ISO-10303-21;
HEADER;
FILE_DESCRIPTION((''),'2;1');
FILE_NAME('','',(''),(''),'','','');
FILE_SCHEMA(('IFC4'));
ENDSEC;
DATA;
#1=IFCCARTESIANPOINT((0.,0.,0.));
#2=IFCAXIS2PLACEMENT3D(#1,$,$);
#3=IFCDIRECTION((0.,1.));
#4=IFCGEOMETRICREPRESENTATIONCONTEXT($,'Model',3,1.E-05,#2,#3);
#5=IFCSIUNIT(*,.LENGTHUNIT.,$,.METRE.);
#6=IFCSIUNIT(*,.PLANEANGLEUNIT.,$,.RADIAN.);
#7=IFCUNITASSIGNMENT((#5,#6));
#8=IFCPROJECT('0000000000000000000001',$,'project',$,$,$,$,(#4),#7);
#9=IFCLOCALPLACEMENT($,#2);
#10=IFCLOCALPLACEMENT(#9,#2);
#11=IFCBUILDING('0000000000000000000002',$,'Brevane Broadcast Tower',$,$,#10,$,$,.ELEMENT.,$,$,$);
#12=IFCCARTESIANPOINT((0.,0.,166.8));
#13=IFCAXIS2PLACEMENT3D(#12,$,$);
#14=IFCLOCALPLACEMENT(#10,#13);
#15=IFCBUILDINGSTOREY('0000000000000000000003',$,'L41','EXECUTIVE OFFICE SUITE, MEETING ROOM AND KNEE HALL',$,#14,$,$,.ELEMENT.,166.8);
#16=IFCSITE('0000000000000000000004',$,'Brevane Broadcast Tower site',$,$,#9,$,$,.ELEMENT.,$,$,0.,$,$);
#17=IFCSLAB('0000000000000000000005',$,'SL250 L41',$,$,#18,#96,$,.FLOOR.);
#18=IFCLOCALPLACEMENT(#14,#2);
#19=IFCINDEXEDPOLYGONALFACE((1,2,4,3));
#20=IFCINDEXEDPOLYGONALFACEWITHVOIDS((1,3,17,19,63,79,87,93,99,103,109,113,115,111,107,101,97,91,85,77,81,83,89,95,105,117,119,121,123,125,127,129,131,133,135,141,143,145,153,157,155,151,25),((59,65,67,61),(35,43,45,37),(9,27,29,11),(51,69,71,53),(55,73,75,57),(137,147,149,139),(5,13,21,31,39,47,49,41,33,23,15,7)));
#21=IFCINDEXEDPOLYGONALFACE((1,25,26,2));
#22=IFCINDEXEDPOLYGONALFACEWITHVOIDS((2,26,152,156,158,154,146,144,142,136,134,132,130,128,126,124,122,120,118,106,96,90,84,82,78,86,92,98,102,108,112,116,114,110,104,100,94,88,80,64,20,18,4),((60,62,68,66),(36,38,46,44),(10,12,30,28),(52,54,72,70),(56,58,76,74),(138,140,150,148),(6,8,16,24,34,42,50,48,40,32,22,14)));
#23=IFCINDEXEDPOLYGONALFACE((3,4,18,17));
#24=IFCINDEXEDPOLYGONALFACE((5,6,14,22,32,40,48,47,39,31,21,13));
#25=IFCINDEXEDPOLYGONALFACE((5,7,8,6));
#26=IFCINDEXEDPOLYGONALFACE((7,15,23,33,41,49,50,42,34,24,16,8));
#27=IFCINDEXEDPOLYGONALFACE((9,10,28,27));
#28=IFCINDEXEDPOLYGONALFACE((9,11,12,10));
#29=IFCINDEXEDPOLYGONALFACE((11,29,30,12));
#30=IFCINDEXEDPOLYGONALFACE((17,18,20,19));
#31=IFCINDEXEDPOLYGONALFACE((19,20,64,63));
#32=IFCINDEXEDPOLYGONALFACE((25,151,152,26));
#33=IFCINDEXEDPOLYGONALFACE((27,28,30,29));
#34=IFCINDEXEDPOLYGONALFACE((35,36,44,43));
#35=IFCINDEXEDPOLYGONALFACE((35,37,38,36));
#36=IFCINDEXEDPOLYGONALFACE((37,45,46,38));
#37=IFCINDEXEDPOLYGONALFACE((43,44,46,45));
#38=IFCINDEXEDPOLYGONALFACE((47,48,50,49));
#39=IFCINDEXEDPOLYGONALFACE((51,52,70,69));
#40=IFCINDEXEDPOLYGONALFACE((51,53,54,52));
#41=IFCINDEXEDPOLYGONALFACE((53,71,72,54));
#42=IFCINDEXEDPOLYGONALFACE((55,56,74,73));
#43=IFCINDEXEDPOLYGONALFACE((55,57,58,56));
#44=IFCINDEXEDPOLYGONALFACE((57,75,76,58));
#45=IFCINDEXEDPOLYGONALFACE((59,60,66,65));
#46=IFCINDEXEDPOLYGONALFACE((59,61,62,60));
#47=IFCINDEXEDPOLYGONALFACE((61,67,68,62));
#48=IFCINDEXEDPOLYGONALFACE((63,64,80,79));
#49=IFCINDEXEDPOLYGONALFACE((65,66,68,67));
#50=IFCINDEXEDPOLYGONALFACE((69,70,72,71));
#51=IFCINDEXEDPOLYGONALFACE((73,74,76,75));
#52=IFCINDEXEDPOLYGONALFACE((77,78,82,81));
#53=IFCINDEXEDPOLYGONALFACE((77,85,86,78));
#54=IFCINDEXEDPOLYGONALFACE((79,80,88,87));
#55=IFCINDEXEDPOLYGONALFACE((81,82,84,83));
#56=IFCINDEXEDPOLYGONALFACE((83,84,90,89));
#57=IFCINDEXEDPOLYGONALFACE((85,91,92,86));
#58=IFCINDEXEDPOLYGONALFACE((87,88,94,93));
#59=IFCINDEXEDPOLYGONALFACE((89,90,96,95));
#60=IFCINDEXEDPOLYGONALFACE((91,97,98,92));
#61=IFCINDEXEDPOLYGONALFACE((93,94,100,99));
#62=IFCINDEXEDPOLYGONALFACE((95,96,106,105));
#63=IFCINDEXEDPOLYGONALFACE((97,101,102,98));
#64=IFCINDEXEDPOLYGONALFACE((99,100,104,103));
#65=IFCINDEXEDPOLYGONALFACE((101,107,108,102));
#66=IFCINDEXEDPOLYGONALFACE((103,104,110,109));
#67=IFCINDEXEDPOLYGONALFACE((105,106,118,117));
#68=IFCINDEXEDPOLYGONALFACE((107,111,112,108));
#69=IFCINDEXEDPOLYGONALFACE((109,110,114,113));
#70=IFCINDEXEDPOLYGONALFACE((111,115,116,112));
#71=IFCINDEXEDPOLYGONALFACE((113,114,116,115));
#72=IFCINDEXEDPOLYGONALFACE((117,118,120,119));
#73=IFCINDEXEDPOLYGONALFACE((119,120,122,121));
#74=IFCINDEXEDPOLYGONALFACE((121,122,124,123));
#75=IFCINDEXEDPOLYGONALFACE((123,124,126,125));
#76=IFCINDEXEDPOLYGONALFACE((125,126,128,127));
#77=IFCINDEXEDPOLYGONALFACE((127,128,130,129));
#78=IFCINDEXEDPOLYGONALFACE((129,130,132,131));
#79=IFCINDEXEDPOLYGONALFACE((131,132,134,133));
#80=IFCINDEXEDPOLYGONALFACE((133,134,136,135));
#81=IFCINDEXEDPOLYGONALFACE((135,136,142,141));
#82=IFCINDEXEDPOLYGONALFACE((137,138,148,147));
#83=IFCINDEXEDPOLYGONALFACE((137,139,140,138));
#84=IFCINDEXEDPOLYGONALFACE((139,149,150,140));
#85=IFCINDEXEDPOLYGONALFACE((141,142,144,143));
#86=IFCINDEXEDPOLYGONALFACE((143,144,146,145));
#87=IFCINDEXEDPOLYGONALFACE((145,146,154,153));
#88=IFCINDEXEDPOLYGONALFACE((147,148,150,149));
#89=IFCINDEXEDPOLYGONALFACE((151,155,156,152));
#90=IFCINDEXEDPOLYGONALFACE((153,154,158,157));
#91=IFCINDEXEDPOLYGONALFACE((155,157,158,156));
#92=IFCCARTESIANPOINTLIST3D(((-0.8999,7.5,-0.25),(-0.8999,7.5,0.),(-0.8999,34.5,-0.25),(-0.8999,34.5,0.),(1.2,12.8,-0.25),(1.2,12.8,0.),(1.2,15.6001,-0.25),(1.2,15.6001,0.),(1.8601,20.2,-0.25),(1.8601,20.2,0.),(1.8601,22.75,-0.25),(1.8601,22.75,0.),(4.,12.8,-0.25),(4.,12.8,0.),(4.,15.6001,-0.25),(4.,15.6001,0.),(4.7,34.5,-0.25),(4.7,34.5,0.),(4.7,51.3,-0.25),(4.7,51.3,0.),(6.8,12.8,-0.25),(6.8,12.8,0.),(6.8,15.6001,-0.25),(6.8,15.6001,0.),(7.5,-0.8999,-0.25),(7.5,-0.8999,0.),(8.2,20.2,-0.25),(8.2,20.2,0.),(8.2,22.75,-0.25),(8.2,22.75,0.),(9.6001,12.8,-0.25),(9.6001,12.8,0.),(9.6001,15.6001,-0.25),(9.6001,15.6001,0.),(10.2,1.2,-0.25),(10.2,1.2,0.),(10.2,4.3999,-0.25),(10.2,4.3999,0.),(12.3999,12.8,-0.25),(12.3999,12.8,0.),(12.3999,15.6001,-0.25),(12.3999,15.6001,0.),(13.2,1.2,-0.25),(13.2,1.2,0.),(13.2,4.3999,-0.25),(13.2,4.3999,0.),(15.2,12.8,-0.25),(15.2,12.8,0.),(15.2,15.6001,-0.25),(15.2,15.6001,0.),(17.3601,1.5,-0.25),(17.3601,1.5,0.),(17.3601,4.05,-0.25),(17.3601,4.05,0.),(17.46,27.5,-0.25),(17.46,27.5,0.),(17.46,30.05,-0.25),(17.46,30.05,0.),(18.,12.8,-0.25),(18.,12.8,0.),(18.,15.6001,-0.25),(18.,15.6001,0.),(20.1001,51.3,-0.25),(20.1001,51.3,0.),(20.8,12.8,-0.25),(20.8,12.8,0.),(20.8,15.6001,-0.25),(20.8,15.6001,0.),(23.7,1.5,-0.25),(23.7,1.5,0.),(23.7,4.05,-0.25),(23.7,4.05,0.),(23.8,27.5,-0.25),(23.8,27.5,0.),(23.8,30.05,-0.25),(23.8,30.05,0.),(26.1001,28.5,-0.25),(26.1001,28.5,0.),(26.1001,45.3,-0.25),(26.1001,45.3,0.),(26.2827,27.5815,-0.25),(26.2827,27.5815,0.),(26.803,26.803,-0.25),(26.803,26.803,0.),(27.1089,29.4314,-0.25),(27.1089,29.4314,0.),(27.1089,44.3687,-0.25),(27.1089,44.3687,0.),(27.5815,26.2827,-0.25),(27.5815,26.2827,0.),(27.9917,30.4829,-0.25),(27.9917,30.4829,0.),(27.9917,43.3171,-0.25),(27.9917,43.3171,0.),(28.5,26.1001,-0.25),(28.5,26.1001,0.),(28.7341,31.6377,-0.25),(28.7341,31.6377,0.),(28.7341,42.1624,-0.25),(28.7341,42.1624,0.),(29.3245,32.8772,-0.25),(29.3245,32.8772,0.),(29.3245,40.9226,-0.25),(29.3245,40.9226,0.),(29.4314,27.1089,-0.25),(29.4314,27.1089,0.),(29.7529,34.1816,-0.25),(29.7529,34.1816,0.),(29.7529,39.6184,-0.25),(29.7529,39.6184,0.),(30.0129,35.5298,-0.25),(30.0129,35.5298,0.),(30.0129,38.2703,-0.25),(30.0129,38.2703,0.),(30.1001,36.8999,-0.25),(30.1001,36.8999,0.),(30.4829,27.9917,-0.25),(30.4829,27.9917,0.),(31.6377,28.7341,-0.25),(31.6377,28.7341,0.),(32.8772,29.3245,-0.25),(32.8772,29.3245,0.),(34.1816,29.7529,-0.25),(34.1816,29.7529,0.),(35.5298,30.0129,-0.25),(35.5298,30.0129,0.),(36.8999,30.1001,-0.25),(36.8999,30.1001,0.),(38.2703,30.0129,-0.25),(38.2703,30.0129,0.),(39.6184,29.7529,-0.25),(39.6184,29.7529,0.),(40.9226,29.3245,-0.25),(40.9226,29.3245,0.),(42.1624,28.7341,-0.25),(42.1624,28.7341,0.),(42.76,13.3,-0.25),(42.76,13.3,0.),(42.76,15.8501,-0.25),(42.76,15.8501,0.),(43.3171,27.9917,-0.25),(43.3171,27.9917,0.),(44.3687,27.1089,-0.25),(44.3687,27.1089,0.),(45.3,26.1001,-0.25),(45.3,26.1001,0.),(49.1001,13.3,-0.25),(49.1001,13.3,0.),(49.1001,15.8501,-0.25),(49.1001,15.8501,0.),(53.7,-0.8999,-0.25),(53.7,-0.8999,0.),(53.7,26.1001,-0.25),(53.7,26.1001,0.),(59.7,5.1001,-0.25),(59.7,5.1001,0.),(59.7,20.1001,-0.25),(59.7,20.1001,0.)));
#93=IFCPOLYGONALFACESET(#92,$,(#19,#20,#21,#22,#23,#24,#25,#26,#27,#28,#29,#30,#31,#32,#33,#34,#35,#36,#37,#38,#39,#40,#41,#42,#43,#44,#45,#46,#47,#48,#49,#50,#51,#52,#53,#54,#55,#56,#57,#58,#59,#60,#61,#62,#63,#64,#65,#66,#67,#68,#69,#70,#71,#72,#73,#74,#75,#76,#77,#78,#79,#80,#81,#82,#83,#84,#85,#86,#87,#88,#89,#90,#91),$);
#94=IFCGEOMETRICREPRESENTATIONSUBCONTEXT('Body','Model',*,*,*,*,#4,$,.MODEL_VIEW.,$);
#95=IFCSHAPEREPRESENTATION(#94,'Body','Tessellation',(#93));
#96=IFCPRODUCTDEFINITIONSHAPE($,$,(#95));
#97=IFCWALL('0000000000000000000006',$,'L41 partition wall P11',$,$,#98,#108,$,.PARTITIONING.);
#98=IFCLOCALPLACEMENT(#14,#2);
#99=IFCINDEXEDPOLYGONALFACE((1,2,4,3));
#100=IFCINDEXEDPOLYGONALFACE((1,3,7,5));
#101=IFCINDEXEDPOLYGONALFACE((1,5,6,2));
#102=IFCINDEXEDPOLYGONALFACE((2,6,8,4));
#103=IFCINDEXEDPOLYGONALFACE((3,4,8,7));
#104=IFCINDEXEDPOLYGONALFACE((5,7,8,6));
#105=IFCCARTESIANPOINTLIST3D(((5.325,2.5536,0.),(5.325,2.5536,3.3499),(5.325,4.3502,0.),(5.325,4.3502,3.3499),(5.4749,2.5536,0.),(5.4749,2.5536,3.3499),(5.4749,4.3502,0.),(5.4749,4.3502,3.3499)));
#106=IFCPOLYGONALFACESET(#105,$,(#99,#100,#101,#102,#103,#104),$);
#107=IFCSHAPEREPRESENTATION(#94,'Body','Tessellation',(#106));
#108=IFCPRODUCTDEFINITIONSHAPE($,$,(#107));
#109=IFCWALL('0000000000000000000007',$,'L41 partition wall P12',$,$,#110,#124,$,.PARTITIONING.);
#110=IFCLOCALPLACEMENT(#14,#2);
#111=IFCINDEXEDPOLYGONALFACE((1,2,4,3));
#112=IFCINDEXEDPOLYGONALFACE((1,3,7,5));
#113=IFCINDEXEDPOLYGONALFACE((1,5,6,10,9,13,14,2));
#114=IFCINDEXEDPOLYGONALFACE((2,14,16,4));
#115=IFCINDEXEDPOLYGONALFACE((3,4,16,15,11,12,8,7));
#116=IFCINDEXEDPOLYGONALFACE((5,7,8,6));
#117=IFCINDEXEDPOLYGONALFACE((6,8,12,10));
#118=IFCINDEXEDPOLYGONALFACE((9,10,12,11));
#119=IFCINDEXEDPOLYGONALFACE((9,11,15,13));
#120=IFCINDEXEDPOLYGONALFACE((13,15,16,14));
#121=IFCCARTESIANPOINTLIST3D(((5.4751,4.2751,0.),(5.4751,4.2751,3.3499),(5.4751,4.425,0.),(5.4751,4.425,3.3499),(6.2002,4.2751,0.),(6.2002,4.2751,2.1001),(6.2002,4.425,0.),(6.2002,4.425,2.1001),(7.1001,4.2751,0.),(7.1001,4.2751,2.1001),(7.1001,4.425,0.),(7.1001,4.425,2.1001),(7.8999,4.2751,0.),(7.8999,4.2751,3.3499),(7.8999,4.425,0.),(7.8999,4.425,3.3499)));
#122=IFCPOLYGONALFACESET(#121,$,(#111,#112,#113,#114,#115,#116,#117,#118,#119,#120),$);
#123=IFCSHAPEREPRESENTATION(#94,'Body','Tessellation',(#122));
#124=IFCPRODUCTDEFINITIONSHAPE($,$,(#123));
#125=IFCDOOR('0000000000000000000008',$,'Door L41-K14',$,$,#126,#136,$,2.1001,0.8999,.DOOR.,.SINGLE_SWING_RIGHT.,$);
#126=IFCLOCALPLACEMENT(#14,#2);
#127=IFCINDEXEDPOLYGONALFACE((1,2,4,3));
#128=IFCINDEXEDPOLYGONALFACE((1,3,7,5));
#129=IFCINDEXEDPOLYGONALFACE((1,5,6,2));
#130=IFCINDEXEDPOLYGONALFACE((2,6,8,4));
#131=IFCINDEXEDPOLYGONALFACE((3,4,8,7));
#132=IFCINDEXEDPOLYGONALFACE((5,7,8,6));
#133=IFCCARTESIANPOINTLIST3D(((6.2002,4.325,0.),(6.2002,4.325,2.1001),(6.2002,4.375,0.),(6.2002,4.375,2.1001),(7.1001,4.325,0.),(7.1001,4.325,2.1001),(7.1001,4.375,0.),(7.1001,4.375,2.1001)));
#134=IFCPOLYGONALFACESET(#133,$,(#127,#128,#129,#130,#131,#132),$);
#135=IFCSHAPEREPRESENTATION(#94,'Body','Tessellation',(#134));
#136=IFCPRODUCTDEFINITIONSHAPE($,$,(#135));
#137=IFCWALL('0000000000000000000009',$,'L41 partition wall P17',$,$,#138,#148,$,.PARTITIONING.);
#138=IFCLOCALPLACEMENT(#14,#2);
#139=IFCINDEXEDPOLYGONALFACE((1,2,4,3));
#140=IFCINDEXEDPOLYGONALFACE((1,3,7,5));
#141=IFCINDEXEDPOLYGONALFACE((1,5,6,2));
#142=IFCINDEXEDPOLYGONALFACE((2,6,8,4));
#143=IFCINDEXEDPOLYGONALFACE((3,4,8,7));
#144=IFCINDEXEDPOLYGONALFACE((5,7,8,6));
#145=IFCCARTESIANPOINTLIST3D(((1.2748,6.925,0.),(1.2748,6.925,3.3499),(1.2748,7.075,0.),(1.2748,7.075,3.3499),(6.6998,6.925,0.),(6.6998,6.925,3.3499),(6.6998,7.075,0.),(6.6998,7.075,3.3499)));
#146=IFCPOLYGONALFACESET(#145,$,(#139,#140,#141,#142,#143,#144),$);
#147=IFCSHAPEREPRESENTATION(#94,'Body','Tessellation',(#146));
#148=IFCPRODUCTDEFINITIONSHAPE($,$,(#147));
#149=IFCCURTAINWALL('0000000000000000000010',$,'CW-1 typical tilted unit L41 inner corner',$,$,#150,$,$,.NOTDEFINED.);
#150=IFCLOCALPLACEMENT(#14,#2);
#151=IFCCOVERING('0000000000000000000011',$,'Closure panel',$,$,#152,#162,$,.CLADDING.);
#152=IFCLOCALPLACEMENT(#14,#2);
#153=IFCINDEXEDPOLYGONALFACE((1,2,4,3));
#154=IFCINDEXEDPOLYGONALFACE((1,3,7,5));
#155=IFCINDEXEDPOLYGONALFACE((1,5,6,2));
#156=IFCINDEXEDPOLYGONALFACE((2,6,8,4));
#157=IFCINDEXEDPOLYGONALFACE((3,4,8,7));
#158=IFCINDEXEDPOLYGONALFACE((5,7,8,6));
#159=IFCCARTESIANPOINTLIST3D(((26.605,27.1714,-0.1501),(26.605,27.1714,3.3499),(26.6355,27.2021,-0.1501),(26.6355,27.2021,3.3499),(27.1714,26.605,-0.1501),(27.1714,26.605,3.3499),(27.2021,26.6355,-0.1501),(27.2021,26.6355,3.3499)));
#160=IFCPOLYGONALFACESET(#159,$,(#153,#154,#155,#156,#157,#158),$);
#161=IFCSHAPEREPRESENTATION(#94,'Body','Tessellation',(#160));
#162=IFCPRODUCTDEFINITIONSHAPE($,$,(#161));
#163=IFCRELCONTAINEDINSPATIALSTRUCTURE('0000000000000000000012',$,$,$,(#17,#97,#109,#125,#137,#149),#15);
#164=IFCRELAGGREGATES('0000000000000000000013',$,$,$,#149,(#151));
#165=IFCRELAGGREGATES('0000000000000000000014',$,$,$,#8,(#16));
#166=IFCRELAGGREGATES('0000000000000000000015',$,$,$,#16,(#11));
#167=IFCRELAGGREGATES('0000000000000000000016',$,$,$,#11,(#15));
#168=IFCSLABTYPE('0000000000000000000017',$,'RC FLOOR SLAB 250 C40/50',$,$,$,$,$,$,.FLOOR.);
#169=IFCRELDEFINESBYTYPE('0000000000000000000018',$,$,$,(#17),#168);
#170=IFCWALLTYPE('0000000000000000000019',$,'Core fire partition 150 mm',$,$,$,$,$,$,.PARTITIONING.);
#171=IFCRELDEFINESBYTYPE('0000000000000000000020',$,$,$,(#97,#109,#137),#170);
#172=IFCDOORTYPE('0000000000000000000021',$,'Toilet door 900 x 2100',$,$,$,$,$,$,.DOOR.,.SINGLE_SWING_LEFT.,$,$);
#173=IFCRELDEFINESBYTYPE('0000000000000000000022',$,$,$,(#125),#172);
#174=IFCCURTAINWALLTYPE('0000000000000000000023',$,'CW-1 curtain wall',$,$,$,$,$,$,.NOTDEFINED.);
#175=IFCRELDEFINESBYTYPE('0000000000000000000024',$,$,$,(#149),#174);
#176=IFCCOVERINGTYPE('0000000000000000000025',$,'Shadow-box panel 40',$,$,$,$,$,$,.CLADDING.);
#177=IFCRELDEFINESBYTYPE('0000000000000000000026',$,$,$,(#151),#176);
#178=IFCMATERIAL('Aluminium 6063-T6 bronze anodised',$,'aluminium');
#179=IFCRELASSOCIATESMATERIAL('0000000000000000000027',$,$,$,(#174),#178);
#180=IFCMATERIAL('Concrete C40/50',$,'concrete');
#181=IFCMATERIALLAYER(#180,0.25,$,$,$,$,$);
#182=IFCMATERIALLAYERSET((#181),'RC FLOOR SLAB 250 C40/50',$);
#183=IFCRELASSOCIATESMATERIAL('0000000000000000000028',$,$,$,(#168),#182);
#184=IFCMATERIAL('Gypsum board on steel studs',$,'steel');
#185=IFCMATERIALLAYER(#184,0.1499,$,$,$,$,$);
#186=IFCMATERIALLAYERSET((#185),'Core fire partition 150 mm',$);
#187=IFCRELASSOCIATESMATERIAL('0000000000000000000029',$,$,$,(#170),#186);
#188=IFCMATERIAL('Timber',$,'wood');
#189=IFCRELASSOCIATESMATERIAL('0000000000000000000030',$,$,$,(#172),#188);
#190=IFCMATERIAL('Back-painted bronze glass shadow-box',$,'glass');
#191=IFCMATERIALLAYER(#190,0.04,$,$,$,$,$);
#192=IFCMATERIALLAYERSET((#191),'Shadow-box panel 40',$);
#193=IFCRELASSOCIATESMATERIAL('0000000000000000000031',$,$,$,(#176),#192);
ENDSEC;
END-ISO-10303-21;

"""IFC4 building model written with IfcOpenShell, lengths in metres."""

from ifc_helpers import new_model, si_unit, direction, frame, frame_2d, origin, place, context, subcontext, project, spatial, polyline, rectangle, outline, extrude, material, layer, layer_set, type_object, element, fill, aggregate, save


model = new_model("IFC4")

# Units and contexts
model_context = context("Model", 3, precision=1e-05, world=origin(), true_north=direction((0.0, 1.0)))
body_context = subcontext(model_context, "Body", "Model", "MODEL_VIEW")
ifc_project = project(units=[si_unit("LENGTHUNIT", "METRE"), si_unit("PLANEANGLEUNIT", "RADIAN")], contexts=[model_context])

# Site, building, storey
site_placement = place(None, origin())
site = spatial("IfcSite", under=ifc_project, at=site_placement, Name="Brevane Broadcast Tower site", CompositionType="ELEMENT", RefElevation=0.0)
building_placement = place(site_placement, origin())
building = spatial("IfcBuilding", under=site, at=building_placement, Name="Brevane Broadcast Tower", CompositionType="ELEMENT")
storey_placement = place(building_placement, frame((0.0, 0.0, 166.8)))
storey = spatial("IfcBuildingStorey", under=building, at=storey_placement, Name="L41", Description="EXECUTIVE OFFICE SUITE, MEETING ROOM AND KNEE HALL", CompositionType="ELEMENT", Elevation=166.8)

# Shared definitions
ifc_material_1 = material(Name="Aluminium 6063-T6 bronze anodised", Category="aluminium")
curtain_wall_type = type_object("IfcCurtainWallType", Name="CW-1 curtain wall", PredefinedType="NOTDEFINED", material=ifc_material_1)

# Slab
ifc_material_2 = material(Name="Concrete C40/50", Category="concrete")
ifc_layer_1 = layer(ifc_material_2, 0.25)
ifc_layer_set_1 = layer_set([ifc_layer_1], Name="RC FLOOR SLAB 250 C40/50")
slab_type_1 = type_object("IfcSlabType", Name="RC FLOOR SLAB 250 C40/50", PredefinedType="FLOOR", material=ifc_layer_set_1)
slab_1_placement = place(storey_placement, frame((0.0, 0.0, -0.25)))
element("IfcSlab", 1, at=slab_1_placement, inside=storey, type_object=slab_type_1, Name="SL250 L41", PredefinedType="FLOOR", context=body_context, shape_type="SweptSolid", body=[
    extrude(outline(polyline([(-0.8999, 7.5), (-0.8999, 34.5), (4.7, 34.5), (4.7, 51.3), (20.1001, 51.3), (26.1001, 45.3), (27.1089, 44.3687), (27.9917, 43.3171), (28.7341, 42.1624), (29.3245, 40.9226), (29.7529, 39.6184), (30.0129, 38.2703), (30.1001, 36.8999), (30.0129, 35.5298), (29.7529, 34.1816), (29.3245, 32.8772), (28.7341, 31.6377), (27.9917, 30.4829), (27.1089, 29.4314), (26.1001, 28.5), (26.2827, 27.5815), (26.803, 26.803), (27.5815, 26.2827), (28.5, 26.1001), (29.4314, 27.1089), (30.4829, 27.9917), (31.6377, 28.7341), (32.8772, 29.3245), (34.1816, 29.7529), (35.5298, 30.0129), (36.8999, 30.1001), (38.2703, 30.0129), (39.6184, 29.7529), (40.9226, 29.3245), (42.1624, 28.7341), (43.3171, 27.9917), (44.3687, 27.1089), (45.3, 26.1001), (53.7, 26.1001), (59.7, 20.1001), (59.7, 5.1001), (53.7, -0.8999), (7.5, -0.8999), (-0.8999, 7.5)]), holes=[polyline([(13.2, 4.3999), (10.2, 4.3999), (10.2, 1.2), (13.2, 1.2), (13.2, 4.3999)]), polyline([(4.0, 15.6001), (1.2, 15.6001), (1.2, 12.8), (4.0, 12.8), (6.8, 12.8), (9.6001, 12.8), (12.3999, 12.8), (15.2, 12.8), (15.2, 15.6001), (12.3999, 15.6001), (9.6001, 15.6001), (6.8, 15.6001), (4.0, 15.6001)]), polyline([(1.8601, 22.75), (1.8601, 20.2), (8.2, 20.2), (8.2, 22.75), (1.8601, 22.75)]), polyline([(23.7, 4.05), (17.3601, 4.05), (17.3601, 1.5), (23.7, 1.5), (23.7, 4.05)]), polyline([(20.8, 15.6001), (18.0, 15.6001), (18.0, 12.8), (20.8, 12.8), (20.8, 15.6001)]), polyline([(49.1001, 15.8501), (42.76, 15.8501), (42.76, 13.3), (49.1001, 13.3), (49.1001, 15.8501)]), polyline([(23.8, 30.05), (17.46, 30.05), (17.46, 27.5), (23.8, 27.5), (23.8, 30.05)])]), origin(), (0.0, 0.0, 1.0), 0.25),
])

# Wall
ifc_material_3 = material(Name="Gypsum board on steel studs", Category="steel")
ifc_layer_2 = layer(ifc_material_3, 0.1499)
ifc_layer_set_2 = layer_set([ifc_layer_2], Name="Core fire partition 150 mm")
wall_type = type_object("IfcWallType", Name="Core fire partition 150 mm", PredefinedType="PARTITIONING", material=ifc_layer_set_2)
wall_1_placement = place(storey_placement, frame((5.3999, 2.5535, 0.0), z_axis=(0.0, 0.0, 1.0), x_axis=(0.0, 1.0, 0.0)))
element("IfcWall", 2, at=wall_1_placement, inside=storey, type_object=wall_type, Name="L41 partition wall P11", PredefinedType="PARTITIONING", context=body_context, shape_type="SweptSolid", body=[
    extrude(rectangle(XDim=1.7966, YDim=0.1499, at=frame_2d((0.8984, 0.0))), origin(), (0.0, 0.0, 1.0), 3.3499),
])

# Wall, opening, door
wall_2_placement = place(storey_placement, frame((5.4751, 4.3501, 0.0), z_axis=(0.0, 0.0, 1.0), x_axis=(1.0, 0.0, 0.0)))
wall_2 = element("IfcWall", 3, at=wall_2_placement, inside=storey, type_object=wall_type, Name="L41 partition wall P12", PredefinedType="PARTITIONING", context=body_context, shape_type="SweptSolid", body=[
    extrude(rectangle(XDim=2.4248, YDim=0.1499, at=frame_2d((1.2124, 0.0))), origin(), (0.0, 0.0, 1.0), 3.3499),
])
opening_placement = place(wall_2_placement, frame((0.7251, 0.0, 0.0)))
opening = element("IfcOpeningElement", 4, at=opening_placement, cuts=wall_2, PredefinedType="OPENING", context=body_context, shape_type="SweptSolid", body=[
    extrude(rectangle(XDim=0.8999, YDim=2.1001, at=frame_2d((0.45, 1.05))), frame((0.0, 0.085, 0.0), z_axis=(0.0, -1.0, 0.0), x_axis=(1.0, 0.0, 0.0)), (0.0, 0.0, 1.0), 0.1699),
])
ifc_material_4 = material(Name="Timber", Category="wood")
door_type = type_object("IfcDoorType", Name="Toilet door 900 x 2100", OperationType="SINGLE_SWING_LEFT", PredefinedType="DOOR", material=ifc_material_4)
door_placement = place(opening_placement, origin())
door = element("IfcDoor", 5, at=door_placement, inside=storey, type_object=door_type, Name="Door L41-K14", OperationType="SINGLE_SWING_RIGHT", OverallHeight=2.1001, OverallWidth=0.8999, PredefinedType="DOOR", context=body_context, shape_type="SweptSolid", body=[
    extrude(rectangle(XDim=0.8999, YDim=2.1001, at=frame_2d((0.45, 1.05))), frame((0.0, 0.0249, 0.0), z_axis=(0.0, -1.0, 0.0), x_axis=(1.0, 0.0, 0.0)), (0.0, 0.0, 1.0), 0.05),
])
fill(opening, door)

# Wall
wall_3_placement = place(storey_placement, frame((1.2749, 7.0, 0.0), z_axis=(0.0, 0.0, 1.0), x_axis=(1.0, 0.0, 0.0)))
element("IfcWall", 6, at=wall_3_placement, inside=storey, type_object=wall_type, Name="L41 partition wall P17", PredefinedType="PARTITIONING", context=body_context, shape_type="SweptSolid", body=[
    extrude(rectangle(XDim=5.425, YDim=0.1499, at=frame_2d((2.7124, 0.0))), origin(), (0.0, 0.0, 1.0), 3.3499),
])

# Curtain wall, covering
curtain_wall_1_placement = place(storey_placement, origin())
curtain_wall_1 = element("IfcCurtainWall", 7, at=curtain_wall_1_placement, inside=storey, type_object=curtain_wall_type, Name="CW-1 typical tilted unit L41 inner corner", PredefinedType="NOTDEFINED")
ifc_material_5 = material(Name="Back-painted bronze glass shadow-box", Category="glass")
ifc_layer_3 = layer(ifc_material_5, 0.04)
ifc_layer_set_3 = layer_set([ifc_layer_3], Name="Shadow-box panel 40")
covering_type = type_object("IfcCoveringType", Name="Shadow-box panel 40", PredefinedType="CLADDING", material=ifc_layer_set_3)
covering_placement = place(storey_placement, frame((0.0, 0.0, -0.1501)))
covering = element("IfcCovering", 8, at=covering_placement, type_object=covering_type, Name="Closure panel", PredefinedType="CLADDING", context=body_context, shape_type="SweptSolid", body=[
    extrude(outline(polyline([(27.1714, 26.605), (27.2021, 26.6355), (26.6355, 27.2021), (26.605, 27.1714), (27.1714, 26.605)])), origin(), (0.0, 0.0, 1.0), 3.5),
])
aggregate(curtain_wall_1, [covering])

save(model, "model.ifc")
